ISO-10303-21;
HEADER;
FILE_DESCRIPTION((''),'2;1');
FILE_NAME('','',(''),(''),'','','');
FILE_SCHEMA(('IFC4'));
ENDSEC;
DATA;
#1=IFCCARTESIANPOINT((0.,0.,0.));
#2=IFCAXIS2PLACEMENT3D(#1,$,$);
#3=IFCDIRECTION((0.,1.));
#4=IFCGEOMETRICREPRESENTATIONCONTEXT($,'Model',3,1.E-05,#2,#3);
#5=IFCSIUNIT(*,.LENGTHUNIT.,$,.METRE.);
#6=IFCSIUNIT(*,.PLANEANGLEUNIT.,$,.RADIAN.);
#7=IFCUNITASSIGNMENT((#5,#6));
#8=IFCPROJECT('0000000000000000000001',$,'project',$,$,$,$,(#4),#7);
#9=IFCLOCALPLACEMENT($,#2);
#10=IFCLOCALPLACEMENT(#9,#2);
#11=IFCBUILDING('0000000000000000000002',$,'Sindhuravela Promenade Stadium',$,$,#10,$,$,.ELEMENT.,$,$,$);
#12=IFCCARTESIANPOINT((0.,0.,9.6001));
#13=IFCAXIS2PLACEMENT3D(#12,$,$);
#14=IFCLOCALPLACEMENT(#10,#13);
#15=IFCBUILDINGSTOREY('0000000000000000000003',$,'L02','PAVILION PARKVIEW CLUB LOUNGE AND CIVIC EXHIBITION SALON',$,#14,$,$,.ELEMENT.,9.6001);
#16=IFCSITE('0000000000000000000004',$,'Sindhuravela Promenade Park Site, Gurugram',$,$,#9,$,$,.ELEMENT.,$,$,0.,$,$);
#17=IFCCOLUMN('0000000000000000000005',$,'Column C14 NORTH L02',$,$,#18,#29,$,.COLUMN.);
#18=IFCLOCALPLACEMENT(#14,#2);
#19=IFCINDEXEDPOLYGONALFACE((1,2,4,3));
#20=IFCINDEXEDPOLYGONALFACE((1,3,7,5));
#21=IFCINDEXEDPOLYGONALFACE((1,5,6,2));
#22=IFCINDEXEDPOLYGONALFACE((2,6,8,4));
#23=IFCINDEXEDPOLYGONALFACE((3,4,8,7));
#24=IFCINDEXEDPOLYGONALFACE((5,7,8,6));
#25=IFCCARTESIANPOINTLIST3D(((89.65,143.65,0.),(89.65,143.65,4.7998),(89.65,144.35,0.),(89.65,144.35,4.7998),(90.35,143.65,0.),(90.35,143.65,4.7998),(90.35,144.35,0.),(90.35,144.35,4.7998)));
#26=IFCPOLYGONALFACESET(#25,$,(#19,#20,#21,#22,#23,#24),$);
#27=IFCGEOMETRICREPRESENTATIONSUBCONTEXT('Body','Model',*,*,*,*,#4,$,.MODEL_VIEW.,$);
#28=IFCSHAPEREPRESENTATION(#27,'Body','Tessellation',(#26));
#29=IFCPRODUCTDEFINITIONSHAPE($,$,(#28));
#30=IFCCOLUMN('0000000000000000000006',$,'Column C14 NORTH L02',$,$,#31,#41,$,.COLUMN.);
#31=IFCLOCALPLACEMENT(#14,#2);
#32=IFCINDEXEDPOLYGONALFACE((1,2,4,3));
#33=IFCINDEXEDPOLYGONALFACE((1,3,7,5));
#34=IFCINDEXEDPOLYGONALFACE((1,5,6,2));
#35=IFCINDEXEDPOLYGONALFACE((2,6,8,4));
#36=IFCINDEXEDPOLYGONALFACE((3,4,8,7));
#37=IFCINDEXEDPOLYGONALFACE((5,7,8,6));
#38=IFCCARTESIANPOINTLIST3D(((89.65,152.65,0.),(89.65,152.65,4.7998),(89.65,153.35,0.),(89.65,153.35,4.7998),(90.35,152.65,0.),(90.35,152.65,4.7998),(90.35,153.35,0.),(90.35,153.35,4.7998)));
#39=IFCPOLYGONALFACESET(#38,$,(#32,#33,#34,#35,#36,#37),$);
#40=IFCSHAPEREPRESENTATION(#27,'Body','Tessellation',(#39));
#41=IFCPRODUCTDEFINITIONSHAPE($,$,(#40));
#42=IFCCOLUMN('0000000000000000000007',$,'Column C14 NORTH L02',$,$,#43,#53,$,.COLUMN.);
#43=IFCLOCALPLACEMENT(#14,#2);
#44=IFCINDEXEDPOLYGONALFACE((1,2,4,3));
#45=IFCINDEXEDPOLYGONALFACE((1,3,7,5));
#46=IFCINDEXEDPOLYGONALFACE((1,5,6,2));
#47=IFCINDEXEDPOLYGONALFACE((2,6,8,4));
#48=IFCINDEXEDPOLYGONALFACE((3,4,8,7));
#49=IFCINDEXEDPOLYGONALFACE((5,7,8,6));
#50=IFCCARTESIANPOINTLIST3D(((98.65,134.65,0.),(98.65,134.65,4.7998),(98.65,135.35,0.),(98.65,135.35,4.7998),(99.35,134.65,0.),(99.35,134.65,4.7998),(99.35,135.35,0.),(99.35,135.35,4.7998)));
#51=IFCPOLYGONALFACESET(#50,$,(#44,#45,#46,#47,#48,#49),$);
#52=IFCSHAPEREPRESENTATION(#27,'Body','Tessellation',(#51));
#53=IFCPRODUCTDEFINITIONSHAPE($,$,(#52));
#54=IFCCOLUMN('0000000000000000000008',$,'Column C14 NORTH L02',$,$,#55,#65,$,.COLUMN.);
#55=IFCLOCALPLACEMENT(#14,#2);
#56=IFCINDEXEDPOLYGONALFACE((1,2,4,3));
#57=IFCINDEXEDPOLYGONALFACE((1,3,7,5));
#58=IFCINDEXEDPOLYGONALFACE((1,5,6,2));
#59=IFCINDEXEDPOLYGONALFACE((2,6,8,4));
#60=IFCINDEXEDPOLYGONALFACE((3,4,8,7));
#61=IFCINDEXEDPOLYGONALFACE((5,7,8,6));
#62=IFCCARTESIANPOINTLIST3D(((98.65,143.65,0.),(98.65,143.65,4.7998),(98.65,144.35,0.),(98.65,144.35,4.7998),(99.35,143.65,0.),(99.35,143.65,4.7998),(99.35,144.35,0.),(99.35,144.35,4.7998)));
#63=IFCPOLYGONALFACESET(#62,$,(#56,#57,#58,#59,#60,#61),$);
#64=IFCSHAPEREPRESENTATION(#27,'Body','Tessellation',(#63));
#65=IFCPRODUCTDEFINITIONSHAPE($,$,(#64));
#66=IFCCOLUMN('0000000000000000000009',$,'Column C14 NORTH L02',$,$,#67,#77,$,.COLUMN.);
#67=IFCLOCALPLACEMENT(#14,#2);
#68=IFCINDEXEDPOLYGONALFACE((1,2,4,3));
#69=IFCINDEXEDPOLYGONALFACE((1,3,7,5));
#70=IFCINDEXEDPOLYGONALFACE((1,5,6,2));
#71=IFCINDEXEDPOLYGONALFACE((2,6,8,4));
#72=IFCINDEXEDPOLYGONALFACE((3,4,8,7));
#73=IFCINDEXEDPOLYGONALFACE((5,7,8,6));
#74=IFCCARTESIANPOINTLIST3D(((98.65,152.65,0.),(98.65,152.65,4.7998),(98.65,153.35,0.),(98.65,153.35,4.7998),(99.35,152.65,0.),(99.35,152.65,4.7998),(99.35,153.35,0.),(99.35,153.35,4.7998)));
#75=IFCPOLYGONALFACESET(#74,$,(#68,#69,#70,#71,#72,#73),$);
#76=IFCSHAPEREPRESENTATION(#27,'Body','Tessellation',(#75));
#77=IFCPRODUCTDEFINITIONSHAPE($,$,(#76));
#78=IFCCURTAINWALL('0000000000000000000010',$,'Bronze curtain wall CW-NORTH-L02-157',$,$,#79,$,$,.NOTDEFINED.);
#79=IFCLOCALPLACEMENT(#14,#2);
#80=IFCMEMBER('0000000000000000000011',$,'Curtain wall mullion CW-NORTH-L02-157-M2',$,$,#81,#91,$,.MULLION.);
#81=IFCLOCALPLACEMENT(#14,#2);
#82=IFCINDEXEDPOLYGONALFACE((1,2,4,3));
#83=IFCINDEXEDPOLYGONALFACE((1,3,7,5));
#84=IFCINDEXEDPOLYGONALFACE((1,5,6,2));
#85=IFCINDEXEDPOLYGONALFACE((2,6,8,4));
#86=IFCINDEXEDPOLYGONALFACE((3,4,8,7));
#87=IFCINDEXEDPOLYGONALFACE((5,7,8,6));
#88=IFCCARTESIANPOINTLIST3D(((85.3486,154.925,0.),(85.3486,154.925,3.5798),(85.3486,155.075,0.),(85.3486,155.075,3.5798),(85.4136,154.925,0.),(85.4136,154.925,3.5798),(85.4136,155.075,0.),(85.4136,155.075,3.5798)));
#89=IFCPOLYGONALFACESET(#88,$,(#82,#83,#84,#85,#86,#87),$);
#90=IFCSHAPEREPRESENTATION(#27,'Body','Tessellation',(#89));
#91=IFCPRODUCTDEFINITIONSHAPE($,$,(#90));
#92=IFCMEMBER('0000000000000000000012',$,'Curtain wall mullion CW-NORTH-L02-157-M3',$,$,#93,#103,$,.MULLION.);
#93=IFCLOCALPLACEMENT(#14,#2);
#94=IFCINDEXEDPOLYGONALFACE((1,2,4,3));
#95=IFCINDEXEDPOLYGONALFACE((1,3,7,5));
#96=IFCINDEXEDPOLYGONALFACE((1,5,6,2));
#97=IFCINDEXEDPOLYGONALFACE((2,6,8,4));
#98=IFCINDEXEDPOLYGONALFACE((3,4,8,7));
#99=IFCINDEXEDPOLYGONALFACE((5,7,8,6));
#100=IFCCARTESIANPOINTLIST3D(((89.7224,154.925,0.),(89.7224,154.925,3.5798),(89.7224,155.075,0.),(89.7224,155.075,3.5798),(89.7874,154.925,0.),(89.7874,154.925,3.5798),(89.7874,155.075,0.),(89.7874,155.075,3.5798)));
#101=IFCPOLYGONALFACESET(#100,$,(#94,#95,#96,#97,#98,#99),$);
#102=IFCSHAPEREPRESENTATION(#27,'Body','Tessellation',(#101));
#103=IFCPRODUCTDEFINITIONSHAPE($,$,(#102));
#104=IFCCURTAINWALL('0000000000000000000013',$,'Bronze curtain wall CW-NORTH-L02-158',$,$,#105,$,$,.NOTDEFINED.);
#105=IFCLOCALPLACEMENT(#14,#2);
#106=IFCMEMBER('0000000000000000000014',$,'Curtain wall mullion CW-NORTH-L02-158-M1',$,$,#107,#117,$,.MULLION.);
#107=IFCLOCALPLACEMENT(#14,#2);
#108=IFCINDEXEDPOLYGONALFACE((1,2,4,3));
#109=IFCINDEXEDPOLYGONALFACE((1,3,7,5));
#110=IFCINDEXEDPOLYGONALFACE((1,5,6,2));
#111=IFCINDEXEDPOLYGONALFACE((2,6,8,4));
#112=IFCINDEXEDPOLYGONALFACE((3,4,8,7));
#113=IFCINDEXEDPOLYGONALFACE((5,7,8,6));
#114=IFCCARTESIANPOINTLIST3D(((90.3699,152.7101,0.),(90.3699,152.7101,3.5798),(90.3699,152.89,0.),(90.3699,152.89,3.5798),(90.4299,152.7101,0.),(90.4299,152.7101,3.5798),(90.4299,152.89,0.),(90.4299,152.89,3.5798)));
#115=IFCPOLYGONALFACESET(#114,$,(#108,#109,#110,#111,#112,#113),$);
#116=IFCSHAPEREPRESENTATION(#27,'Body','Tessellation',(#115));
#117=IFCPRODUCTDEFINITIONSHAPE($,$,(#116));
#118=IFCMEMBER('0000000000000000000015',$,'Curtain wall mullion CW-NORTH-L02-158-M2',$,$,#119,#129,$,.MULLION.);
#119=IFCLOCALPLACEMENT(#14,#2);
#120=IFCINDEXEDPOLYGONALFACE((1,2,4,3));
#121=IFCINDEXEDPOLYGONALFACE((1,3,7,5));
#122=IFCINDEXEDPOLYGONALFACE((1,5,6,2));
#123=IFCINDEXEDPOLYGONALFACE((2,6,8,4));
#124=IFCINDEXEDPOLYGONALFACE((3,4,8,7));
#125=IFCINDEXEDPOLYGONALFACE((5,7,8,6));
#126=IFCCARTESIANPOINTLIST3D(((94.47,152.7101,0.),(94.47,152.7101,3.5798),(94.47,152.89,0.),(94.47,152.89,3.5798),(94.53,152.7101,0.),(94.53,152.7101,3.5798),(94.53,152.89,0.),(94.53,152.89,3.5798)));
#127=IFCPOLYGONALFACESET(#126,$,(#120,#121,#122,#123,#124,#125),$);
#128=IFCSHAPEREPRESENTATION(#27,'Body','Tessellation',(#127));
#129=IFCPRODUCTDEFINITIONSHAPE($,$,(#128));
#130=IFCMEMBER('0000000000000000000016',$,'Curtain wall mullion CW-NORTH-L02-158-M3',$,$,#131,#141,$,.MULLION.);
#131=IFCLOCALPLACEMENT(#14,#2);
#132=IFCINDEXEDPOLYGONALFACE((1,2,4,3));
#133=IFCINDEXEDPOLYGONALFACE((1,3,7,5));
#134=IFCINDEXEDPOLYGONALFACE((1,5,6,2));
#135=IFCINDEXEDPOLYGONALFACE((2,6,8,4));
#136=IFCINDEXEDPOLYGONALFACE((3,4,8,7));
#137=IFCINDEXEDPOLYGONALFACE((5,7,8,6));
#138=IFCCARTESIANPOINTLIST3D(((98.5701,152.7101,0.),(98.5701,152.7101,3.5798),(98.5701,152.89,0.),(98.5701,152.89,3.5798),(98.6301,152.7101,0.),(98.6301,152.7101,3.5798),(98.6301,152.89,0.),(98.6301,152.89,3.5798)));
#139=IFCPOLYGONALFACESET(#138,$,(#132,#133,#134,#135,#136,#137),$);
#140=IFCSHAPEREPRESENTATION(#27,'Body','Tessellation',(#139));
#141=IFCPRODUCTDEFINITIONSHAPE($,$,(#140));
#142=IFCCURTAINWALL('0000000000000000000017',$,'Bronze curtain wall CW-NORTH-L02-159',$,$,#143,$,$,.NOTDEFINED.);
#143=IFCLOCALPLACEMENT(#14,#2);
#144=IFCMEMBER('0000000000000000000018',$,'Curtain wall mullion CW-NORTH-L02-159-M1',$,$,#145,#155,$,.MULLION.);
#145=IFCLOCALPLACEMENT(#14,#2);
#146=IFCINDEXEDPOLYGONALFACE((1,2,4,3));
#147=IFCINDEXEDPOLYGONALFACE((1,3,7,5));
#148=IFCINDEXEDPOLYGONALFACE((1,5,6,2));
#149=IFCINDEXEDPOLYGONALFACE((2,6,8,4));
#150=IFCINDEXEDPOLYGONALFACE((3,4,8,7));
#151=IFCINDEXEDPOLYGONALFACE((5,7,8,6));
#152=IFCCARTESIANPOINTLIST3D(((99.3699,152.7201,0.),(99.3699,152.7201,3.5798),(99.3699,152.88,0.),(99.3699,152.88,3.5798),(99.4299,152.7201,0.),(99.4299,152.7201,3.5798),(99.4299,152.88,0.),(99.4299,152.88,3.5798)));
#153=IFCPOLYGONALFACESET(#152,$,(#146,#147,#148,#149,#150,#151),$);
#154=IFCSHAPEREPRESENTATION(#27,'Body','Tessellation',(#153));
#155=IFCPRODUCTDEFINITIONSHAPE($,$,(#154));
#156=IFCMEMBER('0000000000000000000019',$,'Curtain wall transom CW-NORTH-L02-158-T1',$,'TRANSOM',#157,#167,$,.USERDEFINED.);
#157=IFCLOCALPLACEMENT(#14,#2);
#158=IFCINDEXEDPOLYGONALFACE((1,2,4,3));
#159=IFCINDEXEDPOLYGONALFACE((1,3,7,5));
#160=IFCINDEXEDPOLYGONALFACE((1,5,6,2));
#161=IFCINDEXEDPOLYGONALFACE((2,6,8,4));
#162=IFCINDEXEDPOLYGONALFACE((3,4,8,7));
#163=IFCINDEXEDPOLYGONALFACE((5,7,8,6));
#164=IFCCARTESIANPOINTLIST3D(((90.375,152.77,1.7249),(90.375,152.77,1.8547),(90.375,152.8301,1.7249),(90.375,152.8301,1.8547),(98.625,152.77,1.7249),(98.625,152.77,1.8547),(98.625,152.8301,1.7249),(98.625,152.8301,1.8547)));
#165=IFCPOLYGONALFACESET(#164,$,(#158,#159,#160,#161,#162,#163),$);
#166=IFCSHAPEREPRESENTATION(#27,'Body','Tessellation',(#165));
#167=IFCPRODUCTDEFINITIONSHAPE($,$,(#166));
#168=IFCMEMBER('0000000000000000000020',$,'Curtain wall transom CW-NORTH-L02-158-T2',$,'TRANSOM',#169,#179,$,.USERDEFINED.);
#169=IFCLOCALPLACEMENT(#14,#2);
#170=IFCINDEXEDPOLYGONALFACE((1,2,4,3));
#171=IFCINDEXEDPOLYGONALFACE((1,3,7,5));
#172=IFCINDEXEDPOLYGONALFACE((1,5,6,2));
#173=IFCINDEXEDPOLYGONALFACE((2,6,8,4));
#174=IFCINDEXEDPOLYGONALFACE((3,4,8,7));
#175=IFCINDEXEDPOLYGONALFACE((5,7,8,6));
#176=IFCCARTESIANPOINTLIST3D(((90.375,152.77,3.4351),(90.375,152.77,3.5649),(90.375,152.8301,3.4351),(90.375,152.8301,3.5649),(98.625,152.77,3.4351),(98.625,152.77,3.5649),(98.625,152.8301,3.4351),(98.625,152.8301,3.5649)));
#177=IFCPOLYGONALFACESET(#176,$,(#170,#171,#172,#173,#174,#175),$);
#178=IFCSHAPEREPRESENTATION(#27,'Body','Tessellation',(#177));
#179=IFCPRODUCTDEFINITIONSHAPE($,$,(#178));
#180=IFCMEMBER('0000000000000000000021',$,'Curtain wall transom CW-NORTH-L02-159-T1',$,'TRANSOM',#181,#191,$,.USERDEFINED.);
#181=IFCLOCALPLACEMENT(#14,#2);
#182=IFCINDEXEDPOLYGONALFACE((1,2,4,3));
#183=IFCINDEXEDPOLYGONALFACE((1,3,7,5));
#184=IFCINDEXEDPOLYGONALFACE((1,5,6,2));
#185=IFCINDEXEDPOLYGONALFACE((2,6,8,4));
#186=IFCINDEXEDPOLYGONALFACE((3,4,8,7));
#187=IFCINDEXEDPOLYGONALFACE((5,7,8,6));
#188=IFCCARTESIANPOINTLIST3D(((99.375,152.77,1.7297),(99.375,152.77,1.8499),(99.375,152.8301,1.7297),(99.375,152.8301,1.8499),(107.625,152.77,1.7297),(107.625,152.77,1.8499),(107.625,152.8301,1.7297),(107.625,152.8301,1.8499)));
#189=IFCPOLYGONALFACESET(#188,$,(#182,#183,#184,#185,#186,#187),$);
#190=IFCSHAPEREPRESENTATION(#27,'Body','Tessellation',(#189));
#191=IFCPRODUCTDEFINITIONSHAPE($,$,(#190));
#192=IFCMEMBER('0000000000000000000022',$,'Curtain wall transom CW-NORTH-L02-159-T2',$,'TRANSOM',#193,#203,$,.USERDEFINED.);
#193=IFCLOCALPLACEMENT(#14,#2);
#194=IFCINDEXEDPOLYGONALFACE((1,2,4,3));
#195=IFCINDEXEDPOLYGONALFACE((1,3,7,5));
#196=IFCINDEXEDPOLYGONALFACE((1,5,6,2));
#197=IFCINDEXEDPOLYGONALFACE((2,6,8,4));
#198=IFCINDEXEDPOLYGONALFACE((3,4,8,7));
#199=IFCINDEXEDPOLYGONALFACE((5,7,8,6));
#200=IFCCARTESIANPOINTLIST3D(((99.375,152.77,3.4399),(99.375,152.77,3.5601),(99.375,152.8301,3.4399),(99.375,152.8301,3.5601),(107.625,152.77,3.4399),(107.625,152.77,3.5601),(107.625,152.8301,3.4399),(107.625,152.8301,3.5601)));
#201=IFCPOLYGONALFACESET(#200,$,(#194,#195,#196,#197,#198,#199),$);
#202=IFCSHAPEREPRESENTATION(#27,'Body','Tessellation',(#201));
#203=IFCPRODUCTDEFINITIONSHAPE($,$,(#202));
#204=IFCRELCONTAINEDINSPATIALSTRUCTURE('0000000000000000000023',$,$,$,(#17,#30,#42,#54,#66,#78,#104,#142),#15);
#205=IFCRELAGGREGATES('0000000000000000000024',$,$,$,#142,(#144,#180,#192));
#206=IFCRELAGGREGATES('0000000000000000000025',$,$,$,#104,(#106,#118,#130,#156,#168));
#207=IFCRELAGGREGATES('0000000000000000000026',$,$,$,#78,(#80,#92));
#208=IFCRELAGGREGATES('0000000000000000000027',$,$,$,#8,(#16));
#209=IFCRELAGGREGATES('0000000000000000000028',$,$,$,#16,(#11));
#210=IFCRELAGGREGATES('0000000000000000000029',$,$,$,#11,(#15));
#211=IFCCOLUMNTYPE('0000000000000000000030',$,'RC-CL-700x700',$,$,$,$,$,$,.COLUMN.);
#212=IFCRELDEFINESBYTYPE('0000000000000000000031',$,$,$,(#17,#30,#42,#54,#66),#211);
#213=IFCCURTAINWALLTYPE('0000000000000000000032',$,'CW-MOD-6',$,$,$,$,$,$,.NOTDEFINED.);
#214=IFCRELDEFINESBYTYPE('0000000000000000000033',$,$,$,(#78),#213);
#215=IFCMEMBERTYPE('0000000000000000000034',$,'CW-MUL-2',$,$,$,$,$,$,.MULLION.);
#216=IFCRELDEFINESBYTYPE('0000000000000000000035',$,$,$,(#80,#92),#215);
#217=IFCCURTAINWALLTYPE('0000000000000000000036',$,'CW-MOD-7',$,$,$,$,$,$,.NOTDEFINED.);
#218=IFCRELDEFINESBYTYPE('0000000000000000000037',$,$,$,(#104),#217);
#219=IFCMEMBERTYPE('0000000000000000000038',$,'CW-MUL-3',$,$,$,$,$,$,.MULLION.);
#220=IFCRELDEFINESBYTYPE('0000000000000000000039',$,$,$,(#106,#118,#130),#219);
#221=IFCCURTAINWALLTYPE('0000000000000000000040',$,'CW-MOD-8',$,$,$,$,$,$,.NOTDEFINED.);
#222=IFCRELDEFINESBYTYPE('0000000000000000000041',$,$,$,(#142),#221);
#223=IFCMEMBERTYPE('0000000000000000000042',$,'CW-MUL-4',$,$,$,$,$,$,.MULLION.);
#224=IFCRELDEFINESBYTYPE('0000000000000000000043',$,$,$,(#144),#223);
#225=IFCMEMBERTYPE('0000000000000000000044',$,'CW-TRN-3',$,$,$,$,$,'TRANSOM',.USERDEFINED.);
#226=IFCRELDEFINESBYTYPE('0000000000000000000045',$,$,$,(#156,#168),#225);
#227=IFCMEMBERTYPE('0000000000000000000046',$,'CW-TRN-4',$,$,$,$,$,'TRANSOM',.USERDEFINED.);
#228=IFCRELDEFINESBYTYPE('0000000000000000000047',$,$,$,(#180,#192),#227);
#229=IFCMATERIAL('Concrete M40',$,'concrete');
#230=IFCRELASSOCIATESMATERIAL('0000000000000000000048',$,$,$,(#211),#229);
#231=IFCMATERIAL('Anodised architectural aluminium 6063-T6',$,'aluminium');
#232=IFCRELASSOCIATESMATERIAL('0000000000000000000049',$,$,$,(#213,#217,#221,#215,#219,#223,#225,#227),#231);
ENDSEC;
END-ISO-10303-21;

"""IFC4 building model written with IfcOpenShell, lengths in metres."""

from ifc_helpers import new_model, si_unit, direction, frame, origin, origin_2d, place, context, subcontext, project, spatial, rectangle, extrude, material, material_profile, profile_set, type_object, element, aggregate, save


model = new_model("IFC4")

# Units and contexts
model_context = context("Model", 3, precision=1e-05, world=origin(), true_north=direction((0.0, 1.0)))
body_context = subcontext(model_context, "Body", "Model", "MODEL_VIEW")
ifc_project = project(units=[si_unit("LENGTHUNIT", "METRE"), si_unit("PLANEANGLEUNIT", "RADIAN")], contexts=[model_context])

# Site, building, storey
site_placement = place(None, origin())
site = spatial("IfcSite", under=ifc_project, at=site_placement, Name="Sindhuravela Promenade Park Site, Gurugram", CompositionType="ELEMENT", RefElevation=0.0)
building_placement = place(site_placement, origin())
building = spatial("IfcBuilding", under=site, at=building_placement, Name="Sindhuravela Promenade Stadium", CompositionType="ELEMENT")
storey_placement = place(building_placement, frame((0.0, 0.0, 9.6001)))
storey = spatial("IfcBuildingStorey", under=building, at=storey_placement, Name="L02", Description="PAVILION PARKVIEW CLUB LOUNGE AND CIVIC EXHIBITION SALON", CompositionType="ELEMENT", Elevation=9.6001)

# Columns
ifc_material_1 = material(Name="Concrete M40", Category="concrete")
ifc_material_profile_1 = material_profile(ifc_material_1, rectangle(XDim=0.7, YDim=0.7, at=origin_2d()), Name="RC 700x700")
ifc_profile_set_1 = profile_set([ifc_material_profile_1], Name="Concrete M40")
column_type = type_object("IfcColumnType", Name="RC-CL-700x700", PredefinedType="COLUMN", material=ifc_profile_set_1)
for number, where, z_axis, x_axis, name in (
    (1, (90.0, 144.0, 0.0), (0.0, 0.0, 1.0), (1.0, 0.0, 0.0), "Column C14 NORTH L02"),
    (2, (90.0, 153.0, 0.0), (0.0, 0.0, 1.0), (1.0, 0.0, 0.0), "Column C14 NORTH L02"),
    (3, (99.0, 135.0, 0.0), (0.0, 0.0, 1.0), (1.0, 0.0, 0.0), "Column C14 NORTH L02"),
    (4, (99.0, 144.0, 0.0), (0.0, 0.0, 1.0), (1.0, 0.0, 0.0), "Column C14 NORTH L02"),
    (5, (99.0, 153.0, 0.0), (0.0, 0.0, 1.0), (1.0, 0.0, 0.0), "Column C14 NORTH L02"),
):
    element("IfcColumn", number, at=place(storey_placement, frame(where, z_axis=z_axis, x_axis=x_axis)), inside=storey, type_object=column_type, Name=name, PredefinedType="COLUMN", context=body_context, shape_type="SweptSolid", body=[
        extrude(rectangle(XDim=0.7, YDim=0.7, at=origin_2d()), origin(), (0.0, 0.0, 1.0), 4.7998),
    ])

# Curtain walls, members
ifc_material_2 = material(Name="Anodised architectural aluminium 6063-T6", Category="aluminium")
curtain_wall_type_1 = type_object("IfcCurtainWallType", Name="CW-MOD-6", PredefinedType="NOTDEFINED", material=ifc_material_2)
curtain_wall_1_placement = place(storey_placement, origin())
curtain_wall_1 = element("IfcCurtainWall", 6, at=curtain_wall_1_placement, inside=storey, type_object=curtain_wall_type_1, Name="Bronze curtain wall CW-NORTH-L02-157", PredefinedType="NOTDEFINED")
ifc_material_profile_2 = material_profile(ifc_material_2, rectangle(XDim=0.0649, YDim=0.1499, at=origin_2d()), Name="ALU MULL 65x150")
ifc_profile_set_2 = profile_set([ifc_material_profile_2], Name="Anodised architectural aluminium 6063-T6")
member_type_1 = type_object("IfcMemberType", Name="CW-MUL-2", PredefinedType="MULLION", material=ifc_profile_set_2)
member_1_placement = place(storey_placement, frame((85.3811, 155.0, 0.0), z_axis=(0.0, 0.0, 1.0), x_axis=(1.0, 0.0, 0.0)))
member_1 = element("IfcMember", 7, at=member_1_placement, type_object=member_type_1, Name="Curtain wall mullion CW-NORTH-L02-157-M2", PredefinedType="MULLION", context=body_context, shape_type="SweptSolid", body=[
    extrude(rectangle(XDim=0.0649, YDim=0.1499, at=origin_2d()), origin(), (0.0, 0.0, 1.0), 3.5798),
])
member_2_placement = place(storey_placement, frame((89.7549, 155.0, 0.0), z_axis=(0.0, 0.0, 1.0), x_axis=(1.0, 0.0, 0.0)))
member_2 = element("IfcMember", 8, at=member_2_placement, type_object=member_type_1, Name="Curtain wall mullion CW-NORTH-L02-157-M3", PredefinedType="MULLION", context=body_context, shape_type="SweptSolid", body=[
    extrude(rectangle(XDim=0.0649, YDim=0.1499, at=origin_2d()), origin(), (0.0, 0.0, 1.0), 3.5798),
])
curtain_wall_type_2 = type_object("IfcCurtainWallType", Name="CW-MOD-7", PredefinedType="NOTDEFINED", material=ifc_material_2)
curtain_wall_2_placement = place(storey_placement, origin())
curtain_wall_2 = element("IfcCurtainWall", 9, at=curtain_wall_2_placement, inside=storey, type_object=curtain_wall_type_2, Name="Bronze curtain wall CW-NORTH-L02-158", PredefinedType="NOTDEFINED")
ifc_material_profile_3 = material_profile(ifc_material_2, rectangle(XDim=0.0601, YDim=0.1799, at=origin_2d()), Name="ALU M60x180")
ifc_profile_set_3 = profile_set([ifc_material_profile_3], Name="Anodised architectural aluminium 6063-T6")
member_type_2 = type_object("IfcMemberType", Name="CW-MUL-3", PredefinedType="MULLION", material=ifc_profile_set_3)
member_3_placement = place(storey_placement, frame((90.3999, 152.8, 0.0), z_axis=(0.0, 0.0, 1.0), x_axis=(1.0, 0.0, 0.0)))
member_3 = element("IfcMember", 10, at=member_3_placement, type_object=member_type_2, Name="Curtain wall mullion CW-NORTH-L02-158-M1", PredefinedType="MULLION", context=body_context, shape_type="SweptSolid", body=[
    extrude(rectangle(XDim=0.0601, YDim=0.1799, at=origin_2d()), origin(), (0.0, 0.0, 1.0), 3.5798),
])
member_4_placement = place(storey_placement, frame((94.5, 152.8, 0.0), z_axis=(0.0, 0.0, 1.0), x_axis=(1.0, 0.0, 0.0)))
member_4 = element("IfcMember", 11, at=member_4_placement, type_object=member_type_2, Name="Curtain wall mullion CW-NORTH-L02-158-M2", PredefinedType="MULLION", context=body_context, shape_type="SweptSolid", body=[
    extrude(rectangle(XDim=0.0601, YDim=0.1799, at=origin_2d()), origin(), (0.0, 0.0, 1.0), 3.5798),
])
member_5_placement = place(storey_placement, frame((98.6001, 152.8, 0.0), z_axis=(0.0, 0.0, 1.0), x_axis=(1.0, 0.0, 0.0)))
member_5 = element("IfcMember", 12, at=member_5_placement, type_object=member_type_2, Name="Curtain wall mullion CW-NORTH-L02-158-M3", PredefinedType="MULLION", context=body_context, shape_type="SweptSolid", body=[
    extrude(rectangle(XDim=0.0601, YDim=0.1799, at=origin_2d()), origin(), (0.0, 0.0, 1.0), 3.5798),
])

# Curtain wall, member
curtain_wall_type_3 = type_object("IfcCurtainWallType", Name="CW-MOD-8", PredefinedType="NOTDEFINED", material=ifc_material_2)
curtain_wall_3_placement = place(storey_placement, origin())
curtain_wall_3 = element("IfcCurtainWall", 13, at=curtain_wall_3_placement, inside=storey, type_object=curtain_wall_type_3, Name="Bronze curtain wall CW-NORTH-L02-159", PredefinedType="NOTDEFINED")
ifc_material_profile_4 = material_profile(ifc_material_2, rectangle(XDim=0.0601, YDim=0.1599, at=origin_2d()), Name="ALU M60x160")
ifc_profile_set_4 = profile_set([ifc_material_profile_4], Name="Anodised architectural aluminium 6063-T6")
member_type_3 = type_object("IfcMemberType", Name="CW-MUL-4", PredefinedType="MULLION", material=ifc_profile_set_4)
member_6_placement = place(storey_placement, frame((99.3999, 152.8, 0.0), z_axis=(0.0, 0.0, 1.0), x_axis=(1.0, 0.0, 0.0)))
member_6 = element("IfcMember", 14, at=member_6_placement, type_object=member_type_3, Name="Curtain wall mullion CW-NORTH-L02-159-M1", PredefinedType="MULLION", context=body_context, shape_type="SweptSolid", body=[
    extrude(rectangle(XDim=0.0601, YDim=0.1599, at=origin_2d()), origin(), (0.0, 0.0, 1.0), 3.5798),
])

# Members
ifc_material_profile_5 = material_profile(ifc_material_2, rectangle(XDim=0.0601, YDim=0.1299, at=origin_2d()), Name="ALU T60x130")
ifc_profile_set_5 = profile_set([ifc_material_profile_5], Name="Anodised architectural aluminium 6063-T6")
member_type_4 = type_object("IfcMemberType", Name="CW-TRN-3", ElementType="TRANSOM", PredefinedType="USERDEFINED", material=ifc_profile_set_5)
member_7_placement = place(storey_placement, frame((90.375, 152.8, 1.7898), z_axis=(1.0, 0.0, 0.0), x_axis=(0.0, 1.0, 0.0)))
member_7 = element("IfcMember", 15, at=member_7_placement, type_object=member_type_4, Name="Curtain wall transom CW-NORTH-L02-158-T1", ObjectType="TRANSOM", PredefinedType="USERDEFINED", context=body_context, shape_type="SweptSolid", body=[
    extrude(rectangle(XDim=0.0601, YDim=0.1299, at=origin_2d()), origin(), (0.0, 0.0, 1.0), 8.25),
])
member_8_placement = place(storey_placement, frame((90.375, 152.8, 3.5), z_axis=(1.0, 0.0, 0.0), x_axis=(0.0, 1.0, 0.0)))
member_8 = element("IfcMember", 16, at=member_8_placement, type_object=member_type_4, Name="Curtain wall transom CW-NORTH-L02-158-T2", ObjectType="TRANSOM", PredefinedType="USERDEFINED", context=body_context, shape_type="SweptSolid", body=[
    extrude(rectangle(XDim=0.0601, YDim=0.1299, at=origin_2d()), origin(), (0.0, 0.0, 1.0), 8.25),
])
ifc_material_profile_6 = material_profile(ifc_material_2, rectangle(XDim=0.0601, YDim=0.1201, at=origin_2d()), Name="ALU T60x120")
ifc_profile_set_6 = profile_set([ifc_material_profile_6], Name="Anodised architectural aluminium 6063-T6")
member_type_5 = type_object("IfcMemberType", Name="CW-TRN-4", ElementType="TRANSOM", PredefinedType="USERDEFINED", material=ifc_profile_set_6)
member_9_placement = place(storey_placement, frame((99.375, 152.8, 1.7898), z_axis=(1.0, 0.0, 0.0), x_axis=(0.0, 1.0, 0.0)))
member_9 = element("IfcMember", 17, at=member_9_placement, type_object=member_type_5, Name="Curtain wall transom CW-NORTH-L02-159-T1", ObjectType="TRANSOM", PredefinedType="USERDEFINED", context=body_context, shape_type="SweptSolid", body=[
    extrude(rectangle(XDim=0.0601, YDim=0.1201, at=origin_2d()), origin(), (0.0, 0.0, 1.0), 8.25),
])
member_10_placement = place(storey_placement, frame((99.375, 152.8, 3.5), z_axis=(1.0, 0.0, 0.0), x_axis=(0.0, 1.0, 0.0)))
member_10 = element("IfcMember", 18, at=member_10_placement, type_object=member_type_5, Name="Curtain wall transom CW-NORTH-L02-159-T2", ObjectType="TRANSOM", PredefinedType="USERDEFINED", context=body_context, shape_type="SweptSolid", body=[
    extrude(rectangle(XDim=0.0601, YDim=0.1201, at=origin_2d()), origin(), (0.0, 0.0, 1.0), 8.25),
])
aggregate(curtain_wall_3, [member_6, member_9, member_10])

aggregate(curtain_wall_2, [member_3, member_4, member_5, member_7, member_8])
aggregate(curtain_wall_1, [member_1, member_2])

save(model, "model.ifc")
